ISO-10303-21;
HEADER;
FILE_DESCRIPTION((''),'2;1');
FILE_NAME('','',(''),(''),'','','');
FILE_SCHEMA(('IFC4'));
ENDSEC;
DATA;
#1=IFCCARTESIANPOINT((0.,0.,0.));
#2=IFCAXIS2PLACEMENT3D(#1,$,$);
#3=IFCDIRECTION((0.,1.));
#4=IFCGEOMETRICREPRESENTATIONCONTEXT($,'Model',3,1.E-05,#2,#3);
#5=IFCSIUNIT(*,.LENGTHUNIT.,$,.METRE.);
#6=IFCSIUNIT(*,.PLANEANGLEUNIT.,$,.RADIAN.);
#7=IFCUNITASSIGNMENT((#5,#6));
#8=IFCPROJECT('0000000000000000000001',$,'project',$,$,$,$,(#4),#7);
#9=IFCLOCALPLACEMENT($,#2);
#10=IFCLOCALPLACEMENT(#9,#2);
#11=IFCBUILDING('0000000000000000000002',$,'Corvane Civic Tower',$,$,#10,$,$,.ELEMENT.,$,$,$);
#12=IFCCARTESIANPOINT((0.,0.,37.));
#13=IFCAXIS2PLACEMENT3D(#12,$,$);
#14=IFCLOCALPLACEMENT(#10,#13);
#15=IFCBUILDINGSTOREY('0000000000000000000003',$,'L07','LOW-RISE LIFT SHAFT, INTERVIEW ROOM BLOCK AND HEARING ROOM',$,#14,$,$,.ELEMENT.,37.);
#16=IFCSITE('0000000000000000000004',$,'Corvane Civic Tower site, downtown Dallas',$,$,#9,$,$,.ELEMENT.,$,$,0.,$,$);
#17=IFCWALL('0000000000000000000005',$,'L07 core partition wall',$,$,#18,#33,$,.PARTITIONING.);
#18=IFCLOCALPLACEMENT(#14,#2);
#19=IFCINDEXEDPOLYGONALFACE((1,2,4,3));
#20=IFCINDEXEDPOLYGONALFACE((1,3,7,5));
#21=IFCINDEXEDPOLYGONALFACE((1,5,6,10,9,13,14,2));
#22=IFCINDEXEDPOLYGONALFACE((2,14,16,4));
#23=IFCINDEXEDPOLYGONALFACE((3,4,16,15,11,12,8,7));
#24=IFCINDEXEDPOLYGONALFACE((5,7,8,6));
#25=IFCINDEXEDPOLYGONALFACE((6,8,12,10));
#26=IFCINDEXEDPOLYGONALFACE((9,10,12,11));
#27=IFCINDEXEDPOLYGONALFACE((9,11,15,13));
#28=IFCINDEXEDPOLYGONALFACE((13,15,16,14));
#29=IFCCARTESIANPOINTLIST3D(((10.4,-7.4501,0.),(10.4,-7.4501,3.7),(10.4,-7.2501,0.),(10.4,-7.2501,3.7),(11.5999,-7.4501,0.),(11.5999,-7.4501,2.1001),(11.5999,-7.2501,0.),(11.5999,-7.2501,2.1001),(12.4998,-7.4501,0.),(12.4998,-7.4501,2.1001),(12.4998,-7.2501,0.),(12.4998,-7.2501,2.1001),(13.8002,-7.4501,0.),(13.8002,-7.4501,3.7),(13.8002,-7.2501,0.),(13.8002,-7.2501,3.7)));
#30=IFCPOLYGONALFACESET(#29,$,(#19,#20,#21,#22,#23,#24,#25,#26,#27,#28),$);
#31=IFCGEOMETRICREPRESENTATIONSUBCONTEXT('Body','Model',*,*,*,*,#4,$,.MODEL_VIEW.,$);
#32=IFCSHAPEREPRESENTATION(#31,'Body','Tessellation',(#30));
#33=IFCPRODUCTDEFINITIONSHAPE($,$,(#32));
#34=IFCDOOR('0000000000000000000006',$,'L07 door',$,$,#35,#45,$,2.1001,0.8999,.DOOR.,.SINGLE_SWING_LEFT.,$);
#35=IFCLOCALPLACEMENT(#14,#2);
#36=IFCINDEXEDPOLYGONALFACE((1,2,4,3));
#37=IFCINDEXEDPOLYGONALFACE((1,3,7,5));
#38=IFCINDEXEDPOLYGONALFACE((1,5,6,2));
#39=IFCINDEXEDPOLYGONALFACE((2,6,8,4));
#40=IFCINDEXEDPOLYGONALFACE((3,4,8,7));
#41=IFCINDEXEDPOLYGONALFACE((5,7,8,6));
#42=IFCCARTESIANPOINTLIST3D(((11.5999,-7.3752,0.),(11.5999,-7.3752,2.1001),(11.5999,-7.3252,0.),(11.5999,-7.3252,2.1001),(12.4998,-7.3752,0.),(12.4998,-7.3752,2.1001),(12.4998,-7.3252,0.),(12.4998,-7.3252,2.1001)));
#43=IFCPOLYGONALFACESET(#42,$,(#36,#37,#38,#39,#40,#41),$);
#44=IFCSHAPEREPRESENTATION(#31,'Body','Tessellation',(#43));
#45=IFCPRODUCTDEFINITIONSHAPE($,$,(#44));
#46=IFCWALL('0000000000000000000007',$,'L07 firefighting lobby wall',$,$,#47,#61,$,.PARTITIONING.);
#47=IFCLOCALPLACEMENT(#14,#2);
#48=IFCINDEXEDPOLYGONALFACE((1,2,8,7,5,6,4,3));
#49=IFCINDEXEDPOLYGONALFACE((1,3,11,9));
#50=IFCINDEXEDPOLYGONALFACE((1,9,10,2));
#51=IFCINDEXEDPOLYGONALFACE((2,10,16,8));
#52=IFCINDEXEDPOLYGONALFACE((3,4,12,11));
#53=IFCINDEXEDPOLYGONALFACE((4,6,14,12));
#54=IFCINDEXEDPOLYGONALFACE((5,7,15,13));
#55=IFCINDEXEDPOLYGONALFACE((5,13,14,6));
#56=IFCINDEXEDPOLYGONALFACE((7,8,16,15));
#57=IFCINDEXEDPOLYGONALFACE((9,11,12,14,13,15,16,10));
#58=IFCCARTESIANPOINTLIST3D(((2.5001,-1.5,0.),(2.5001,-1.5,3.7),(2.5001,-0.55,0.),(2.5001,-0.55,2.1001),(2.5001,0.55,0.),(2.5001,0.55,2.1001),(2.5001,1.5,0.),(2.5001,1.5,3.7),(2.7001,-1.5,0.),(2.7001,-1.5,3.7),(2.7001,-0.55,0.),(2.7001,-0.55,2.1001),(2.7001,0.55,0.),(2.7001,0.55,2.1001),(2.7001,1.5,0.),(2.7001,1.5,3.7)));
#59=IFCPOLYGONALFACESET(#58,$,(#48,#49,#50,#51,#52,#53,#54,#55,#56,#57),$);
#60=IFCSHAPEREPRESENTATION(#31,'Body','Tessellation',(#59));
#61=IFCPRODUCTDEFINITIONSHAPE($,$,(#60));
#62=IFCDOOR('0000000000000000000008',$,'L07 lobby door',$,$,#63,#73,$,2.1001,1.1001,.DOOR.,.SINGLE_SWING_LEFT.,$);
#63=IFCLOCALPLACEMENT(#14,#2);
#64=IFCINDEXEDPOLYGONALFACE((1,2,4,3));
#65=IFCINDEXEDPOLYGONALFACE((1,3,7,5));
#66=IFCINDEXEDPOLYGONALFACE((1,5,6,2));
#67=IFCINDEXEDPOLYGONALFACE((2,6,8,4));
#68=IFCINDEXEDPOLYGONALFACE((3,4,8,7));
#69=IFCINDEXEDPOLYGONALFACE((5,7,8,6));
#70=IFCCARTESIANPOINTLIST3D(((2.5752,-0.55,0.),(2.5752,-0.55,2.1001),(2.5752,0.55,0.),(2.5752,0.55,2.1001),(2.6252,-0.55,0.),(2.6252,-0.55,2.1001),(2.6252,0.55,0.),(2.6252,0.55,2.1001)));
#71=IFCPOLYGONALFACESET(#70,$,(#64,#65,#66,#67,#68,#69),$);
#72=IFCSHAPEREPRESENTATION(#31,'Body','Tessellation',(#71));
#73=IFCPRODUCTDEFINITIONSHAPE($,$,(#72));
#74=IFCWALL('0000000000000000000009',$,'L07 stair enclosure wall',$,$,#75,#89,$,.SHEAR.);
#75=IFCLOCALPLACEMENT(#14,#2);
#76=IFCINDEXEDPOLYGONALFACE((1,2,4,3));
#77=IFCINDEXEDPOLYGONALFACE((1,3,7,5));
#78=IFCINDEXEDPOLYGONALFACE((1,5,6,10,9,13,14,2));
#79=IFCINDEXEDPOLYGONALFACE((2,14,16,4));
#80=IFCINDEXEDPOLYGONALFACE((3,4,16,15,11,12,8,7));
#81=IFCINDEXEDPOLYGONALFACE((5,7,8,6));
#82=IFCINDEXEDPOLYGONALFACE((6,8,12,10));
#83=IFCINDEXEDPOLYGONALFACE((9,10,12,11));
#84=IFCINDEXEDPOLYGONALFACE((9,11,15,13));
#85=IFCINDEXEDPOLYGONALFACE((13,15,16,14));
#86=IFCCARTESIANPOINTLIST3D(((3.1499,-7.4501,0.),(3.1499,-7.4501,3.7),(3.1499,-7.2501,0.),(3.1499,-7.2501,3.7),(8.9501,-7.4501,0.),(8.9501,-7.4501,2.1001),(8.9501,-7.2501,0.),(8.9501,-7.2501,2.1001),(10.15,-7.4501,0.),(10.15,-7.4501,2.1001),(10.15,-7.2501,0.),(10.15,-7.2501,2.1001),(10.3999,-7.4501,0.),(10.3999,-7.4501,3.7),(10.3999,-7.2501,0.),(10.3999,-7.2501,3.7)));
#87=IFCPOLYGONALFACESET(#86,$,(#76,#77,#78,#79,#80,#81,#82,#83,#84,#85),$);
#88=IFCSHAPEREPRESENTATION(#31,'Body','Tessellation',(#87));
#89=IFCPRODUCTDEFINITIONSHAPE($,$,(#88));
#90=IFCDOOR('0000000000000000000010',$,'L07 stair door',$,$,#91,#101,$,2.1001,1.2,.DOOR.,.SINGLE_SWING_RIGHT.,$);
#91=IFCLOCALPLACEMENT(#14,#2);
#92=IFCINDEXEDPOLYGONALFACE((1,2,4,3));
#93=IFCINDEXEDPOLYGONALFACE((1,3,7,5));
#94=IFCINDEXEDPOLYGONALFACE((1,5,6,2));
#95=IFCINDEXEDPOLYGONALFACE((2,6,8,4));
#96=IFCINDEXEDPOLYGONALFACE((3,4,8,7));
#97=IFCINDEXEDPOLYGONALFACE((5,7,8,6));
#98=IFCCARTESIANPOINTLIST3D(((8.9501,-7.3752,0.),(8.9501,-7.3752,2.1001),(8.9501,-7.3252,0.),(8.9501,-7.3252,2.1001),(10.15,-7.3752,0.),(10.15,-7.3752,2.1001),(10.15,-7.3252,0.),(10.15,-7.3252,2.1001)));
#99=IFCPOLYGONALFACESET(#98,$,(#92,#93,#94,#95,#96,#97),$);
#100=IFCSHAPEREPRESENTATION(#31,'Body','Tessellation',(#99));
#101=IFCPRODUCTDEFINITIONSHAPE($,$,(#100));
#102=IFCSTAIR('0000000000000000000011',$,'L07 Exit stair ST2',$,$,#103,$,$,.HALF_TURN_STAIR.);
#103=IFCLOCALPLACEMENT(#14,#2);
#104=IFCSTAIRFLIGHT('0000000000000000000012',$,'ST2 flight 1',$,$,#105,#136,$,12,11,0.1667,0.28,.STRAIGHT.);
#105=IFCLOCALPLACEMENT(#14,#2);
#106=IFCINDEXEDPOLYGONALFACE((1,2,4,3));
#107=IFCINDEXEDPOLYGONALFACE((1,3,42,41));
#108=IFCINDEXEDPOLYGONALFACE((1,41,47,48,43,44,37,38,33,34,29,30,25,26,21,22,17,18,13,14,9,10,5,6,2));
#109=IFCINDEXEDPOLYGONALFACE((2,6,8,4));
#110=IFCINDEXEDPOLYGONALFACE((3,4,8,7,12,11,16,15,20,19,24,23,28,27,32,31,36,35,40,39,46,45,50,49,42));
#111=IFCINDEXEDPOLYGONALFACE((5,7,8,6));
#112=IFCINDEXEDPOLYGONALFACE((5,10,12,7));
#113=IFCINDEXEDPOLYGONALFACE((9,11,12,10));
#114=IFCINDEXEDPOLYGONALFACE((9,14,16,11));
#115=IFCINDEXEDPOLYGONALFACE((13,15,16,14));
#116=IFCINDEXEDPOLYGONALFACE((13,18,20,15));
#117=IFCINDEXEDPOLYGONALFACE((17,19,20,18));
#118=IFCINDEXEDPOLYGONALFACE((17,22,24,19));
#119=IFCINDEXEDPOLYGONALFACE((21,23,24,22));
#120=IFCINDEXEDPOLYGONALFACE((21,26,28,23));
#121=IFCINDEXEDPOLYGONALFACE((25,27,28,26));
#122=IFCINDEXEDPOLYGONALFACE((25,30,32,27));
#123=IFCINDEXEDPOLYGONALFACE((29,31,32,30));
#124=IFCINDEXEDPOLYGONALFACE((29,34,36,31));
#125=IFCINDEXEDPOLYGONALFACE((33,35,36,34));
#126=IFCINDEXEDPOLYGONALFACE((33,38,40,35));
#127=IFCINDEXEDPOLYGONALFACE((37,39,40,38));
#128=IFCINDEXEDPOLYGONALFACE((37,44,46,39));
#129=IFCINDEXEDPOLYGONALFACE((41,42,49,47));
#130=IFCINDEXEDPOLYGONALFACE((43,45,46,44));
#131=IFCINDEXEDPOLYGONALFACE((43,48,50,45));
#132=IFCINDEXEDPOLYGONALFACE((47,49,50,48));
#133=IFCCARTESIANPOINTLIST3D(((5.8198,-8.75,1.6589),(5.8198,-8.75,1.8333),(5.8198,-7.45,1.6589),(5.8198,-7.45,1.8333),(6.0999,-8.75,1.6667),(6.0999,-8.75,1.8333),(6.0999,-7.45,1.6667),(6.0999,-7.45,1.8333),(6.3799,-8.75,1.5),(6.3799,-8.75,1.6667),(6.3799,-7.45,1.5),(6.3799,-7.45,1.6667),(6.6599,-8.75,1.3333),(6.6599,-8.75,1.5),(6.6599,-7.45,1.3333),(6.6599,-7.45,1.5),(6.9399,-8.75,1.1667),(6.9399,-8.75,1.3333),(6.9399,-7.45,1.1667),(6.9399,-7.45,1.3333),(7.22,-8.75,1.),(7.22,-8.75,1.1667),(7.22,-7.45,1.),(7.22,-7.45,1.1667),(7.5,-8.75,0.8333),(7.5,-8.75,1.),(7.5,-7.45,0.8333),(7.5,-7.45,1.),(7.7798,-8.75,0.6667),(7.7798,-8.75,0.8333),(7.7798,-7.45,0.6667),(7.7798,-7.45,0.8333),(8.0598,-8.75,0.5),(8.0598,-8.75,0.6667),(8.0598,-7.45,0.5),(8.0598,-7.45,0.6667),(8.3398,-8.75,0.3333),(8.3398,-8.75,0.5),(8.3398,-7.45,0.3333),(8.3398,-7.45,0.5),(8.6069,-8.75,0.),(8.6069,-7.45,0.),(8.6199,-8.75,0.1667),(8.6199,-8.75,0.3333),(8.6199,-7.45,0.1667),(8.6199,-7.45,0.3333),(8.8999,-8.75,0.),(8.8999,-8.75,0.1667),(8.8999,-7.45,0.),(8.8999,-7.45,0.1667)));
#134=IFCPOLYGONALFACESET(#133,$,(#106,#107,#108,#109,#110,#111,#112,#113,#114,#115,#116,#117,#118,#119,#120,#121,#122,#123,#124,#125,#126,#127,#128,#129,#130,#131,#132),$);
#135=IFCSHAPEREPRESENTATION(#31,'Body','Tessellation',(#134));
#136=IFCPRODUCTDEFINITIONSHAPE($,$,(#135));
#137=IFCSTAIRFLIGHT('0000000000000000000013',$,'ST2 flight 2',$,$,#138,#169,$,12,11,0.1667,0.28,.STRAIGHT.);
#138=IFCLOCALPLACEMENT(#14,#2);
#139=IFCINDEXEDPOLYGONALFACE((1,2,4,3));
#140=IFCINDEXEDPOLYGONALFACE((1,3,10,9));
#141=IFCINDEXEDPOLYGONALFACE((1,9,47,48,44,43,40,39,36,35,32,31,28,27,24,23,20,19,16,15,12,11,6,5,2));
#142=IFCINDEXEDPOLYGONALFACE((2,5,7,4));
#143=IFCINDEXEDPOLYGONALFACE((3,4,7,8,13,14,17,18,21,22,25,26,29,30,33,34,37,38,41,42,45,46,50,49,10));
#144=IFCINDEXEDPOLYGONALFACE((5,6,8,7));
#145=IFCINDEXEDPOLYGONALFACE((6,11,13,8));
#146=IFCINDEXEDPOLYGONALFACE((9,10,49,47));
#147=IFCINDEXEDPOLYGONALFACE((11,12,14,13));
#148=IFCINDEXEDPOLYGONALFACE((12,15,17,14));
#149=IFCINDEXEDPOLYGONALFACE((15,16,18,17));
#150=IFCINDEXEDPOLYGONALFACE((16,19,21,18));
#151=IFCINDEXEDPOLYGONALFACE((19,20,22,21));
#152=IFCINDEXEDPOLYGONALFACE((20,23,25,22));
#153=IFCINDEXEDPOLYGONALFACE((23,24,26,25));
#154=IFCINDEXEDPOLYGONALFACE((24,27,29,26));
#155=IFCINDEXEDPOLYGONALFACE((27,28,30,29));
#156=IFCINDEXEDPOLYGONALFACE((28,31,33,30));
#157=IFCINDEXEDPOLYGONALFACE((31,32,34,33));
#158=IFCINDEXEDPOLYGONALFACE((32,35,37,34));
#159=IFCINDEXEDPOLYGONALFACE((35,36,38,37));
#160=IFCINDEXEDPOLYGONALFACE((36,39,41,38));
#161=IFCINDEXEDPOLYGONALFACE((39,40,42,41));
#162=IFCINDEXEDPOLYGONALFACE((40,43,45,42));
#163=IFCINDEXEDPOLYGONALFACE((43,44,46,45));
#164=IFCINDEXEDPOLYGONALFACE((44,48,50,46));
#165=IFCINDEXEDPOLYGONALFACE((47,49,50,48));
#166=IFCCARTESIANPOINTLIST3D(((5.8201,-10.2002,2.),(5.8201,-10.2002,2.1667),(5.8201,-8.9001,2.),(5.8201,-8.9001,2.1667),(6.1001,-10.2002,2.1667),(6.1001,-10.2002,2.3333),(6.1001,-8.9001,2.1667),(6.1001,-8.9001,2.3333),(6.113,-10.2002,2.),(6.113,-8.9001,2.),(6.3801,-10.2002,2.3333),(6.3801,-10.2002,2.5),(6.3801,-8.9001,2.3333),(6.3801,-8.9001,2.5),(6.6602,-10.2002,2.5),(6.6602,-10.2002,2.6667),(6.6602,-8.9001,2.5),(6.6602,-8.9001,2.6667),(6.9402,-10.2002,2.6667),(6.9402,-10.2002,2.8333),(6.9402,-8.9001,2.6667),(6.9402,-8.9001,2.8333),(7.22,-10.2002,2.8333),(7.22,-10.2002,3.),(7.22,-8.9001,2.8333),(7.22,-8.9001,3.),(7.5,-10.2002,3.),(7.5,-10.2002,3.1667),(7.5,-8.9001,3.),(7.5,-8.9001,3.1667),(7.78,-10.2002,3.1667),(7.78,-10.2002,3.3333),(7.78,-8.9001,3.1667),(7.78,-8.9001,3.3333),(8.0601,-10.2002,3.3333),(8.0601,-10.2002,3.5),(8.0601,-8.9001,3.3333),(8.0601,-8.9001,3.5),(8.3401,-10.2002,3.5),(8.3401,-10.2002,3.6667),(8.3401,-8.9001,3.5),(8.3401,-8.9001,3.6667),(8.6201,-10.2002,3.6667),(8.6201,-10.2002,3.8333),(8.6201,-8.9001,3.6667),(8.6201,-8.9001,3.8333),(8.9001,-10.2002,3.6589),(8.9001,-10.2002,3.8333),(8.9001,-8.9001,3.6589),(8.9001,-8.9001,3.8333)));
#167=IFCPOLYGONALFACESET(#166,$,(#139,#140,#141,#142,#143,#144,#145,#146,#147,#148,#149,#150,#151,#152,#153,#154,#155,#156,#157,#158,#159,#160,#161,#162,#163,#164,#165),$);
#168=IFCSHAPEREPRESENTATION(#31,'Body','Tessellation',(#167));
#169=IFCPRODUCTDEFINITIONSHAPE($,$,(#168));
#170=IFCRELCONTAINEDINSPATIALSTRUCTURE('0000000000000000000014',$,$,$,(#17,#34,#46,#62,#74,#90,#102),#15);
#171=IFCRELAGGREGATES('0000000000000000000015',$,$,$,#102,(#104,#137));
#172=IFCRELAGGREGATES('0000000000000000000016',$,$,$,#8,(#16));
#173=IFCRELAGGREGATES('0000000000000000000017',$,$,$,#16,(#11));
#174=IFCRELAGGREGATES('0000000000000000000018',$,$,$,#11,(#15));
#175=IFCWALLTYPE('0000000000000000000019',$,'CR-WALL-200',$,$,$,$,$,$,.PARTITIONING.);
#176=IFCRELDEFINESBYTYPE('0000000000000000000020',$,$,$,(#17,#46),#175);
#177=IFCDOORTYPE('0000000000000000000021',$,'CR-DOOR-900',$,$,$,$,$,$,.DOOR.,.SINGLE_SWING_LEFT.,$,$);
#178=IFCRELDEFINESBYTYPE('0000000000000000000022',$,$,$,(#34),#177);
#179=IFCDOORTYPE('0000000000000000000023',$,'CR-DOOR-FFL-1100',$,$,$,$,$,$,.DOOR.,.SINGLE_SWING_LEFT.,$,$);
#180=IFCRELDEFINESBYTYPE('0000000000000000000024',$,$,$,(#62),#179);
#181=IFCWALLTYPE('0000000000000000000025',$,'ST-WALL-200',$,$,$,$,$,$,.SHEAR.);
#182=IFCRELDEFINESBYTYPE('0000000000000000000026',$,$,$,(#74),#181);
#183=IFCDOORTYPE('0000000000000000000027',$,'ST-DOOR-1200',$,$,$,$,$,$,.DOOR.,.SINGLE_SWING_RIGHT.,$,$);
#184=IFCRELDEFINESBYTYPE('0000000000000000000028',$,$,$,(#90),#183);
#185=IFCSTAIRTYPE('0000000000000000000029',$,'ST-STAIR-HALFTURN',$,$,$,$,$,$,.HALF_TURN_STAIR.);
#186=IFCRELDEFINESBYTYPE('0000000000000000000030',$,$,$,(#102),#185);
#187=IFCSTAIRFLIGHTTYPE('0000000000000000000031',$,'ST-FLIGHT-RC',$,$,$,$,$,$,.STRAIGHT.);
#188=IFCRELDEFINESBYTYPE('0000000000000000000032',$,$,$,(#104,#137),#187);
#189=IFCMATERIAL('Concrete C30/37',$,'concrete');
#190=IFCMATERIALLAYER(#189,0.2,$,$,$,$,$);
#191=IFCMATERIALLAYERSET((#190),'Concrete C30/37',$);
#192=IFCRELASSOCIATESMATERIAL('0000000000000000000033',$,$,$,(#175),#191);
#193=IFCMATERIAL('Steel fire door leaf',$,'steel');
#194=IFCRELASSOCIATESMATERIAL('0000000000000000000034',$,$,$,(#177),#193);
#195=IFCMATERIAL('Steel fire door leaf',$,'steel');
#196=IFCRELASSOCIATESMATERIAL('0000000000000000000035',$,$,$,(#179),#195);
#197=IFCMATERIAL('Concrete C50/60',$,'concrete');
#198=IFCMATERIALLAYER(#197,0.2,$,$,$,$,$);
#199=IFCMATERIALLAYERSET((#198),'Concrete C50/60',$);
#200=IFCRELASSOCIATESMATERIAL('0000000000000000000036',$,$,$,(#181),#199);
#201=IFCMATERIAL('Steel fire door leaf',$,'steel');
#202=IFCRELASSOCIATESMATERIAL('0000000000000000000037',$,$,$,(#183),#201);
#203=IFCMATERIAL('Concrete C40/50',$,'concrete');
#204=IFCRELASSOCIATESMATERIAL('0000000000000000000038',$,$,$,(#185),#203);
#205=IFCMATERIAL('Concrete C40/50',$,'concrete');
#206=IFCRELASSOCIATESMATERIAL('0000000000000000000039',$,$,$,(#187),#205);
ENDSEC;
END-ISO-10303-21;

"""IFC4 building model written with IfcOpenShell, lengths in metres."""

from ifc_helpers import new_model, si_unit, direction, frame, frame_2d, origin, place, context, subcontext, project, spatial, polyline, rectangle, outline, extrude, material, layer, layer_set, type_object, element, fill, aggregate, save


model = new_model("IFC4")

# Units and contexts
model_context = context("Model", 3, precision=1e-05, world=origin(), true_north=direction((0.0, 1.0)))
body_context = subcontext(model_context, "Body", "Model", "MODEL_VIEW")
ifc_project = project(units=[si_unit("LENGTHUNIT", "METRE"), si_unit("PLANEANGLEUNIT", "RADIAN")], contexts=[model_context])

# Site, building, storey
site_placement = place(None, origin())
site = spatial("IfcSite", under=ifc_project, at=site_placement, Name="Corvane Civic Tower site, downtown Dallas", CompositionType="ELEMENT", RefElevation=0.0)
building_placement = place(site_placement, origin())
building = spatial("IfcBuilding", under=site, at=building_placement, Name="Corvane Civic Tower", CompositionType="ELEMENT")
storey_placement = place(building_placement, frame((0.0, 0.0, 37.0)))
storey = spatial("IfcBuildingStorey", under=building, at=storey_placement, Name="L07", Description="LOW-RISE LIFT SHAFT, INTERVIEW ROOM BLOCK AND HEARING ROOM", CompositionType="ELEMENT", Elevation=37.0)

# Walls, openings, doors
ifc_material_1 = material(Name="Concrete C30/37", Category="concrete")
ifc_layer_1 = layer(ifc_material_1, 0.2)
ifc_layer_set_1 = layer_set([ifc_layer_1], Name="Concrete C30/37")
wall_type_1 = type_object("IfcWallType", Name="CR-WALL-200", PredefinedType="PARTITIONING", material=ifc_layer_set_1)
ifc_material_2 = material(Name="Steel fire door leaf", Category="steel")
door_type_1 = type_object("IfcDoorType", Name="CR-DOOR-900", OperationType="SINGLE_SWING_LEFT", PredefinedType="DOOR", material=ifc_material_2)
wall_1_placement = place(storey_placement, frame((10.3999, -7.3501, 0.0), z_axis=(0.0, 0.0, 1.0), x_axis=(1.0, 0.0, 0.0)))
wall_1 = element("IfcWall", 1, at=wall_1_placement, inside=storey, type_object=wall_type_1, Name="L07 core partition wall", PredefinedType="PARTITIONING", context=body_context, shape_type="SweptSolid", body=[
    extrude(rectangle(XDim=3.4001, YDim=0.2, at=frame_2d((1.7002, 0.0))), origin(), (0.0, 0.0, 1.0), 3.7),
])
opening_1_placement = place(wall_1_placement, frame((1.2, 0.0, 0.0)))
opening_1 = element("IfcOpeningElement", 2, at=opening_1_placement, cuts=wall_1, PredefinedType="OPENING", context=body_context, shape_type="SweptSolid", body=[
    extrude(rectangle(XDim=0.8999, YDim=2.1001, at=frame_2d((0.45, 1.05))), frame((0.0, 0.1099, 0.0), z_axis=(0.0, -1.0, 0.0), x_axis=(1.0, 0.0, 0.0)), (0.0, 0.0, 1.0), 0.22),
])
door_1_placement = place(opening_1_placement, origin())
door_1 = element("IfcDoor", 3, at=door_1_placement, inside=storey, type_object=door_type_1, Name="L07 door", OperationType="SINGLE_SWING_LEFT", OverallHeight=2.1001, OverallWidth=0.8999, PredefinedType="DOOR", context=body_context, shape_type="SweptSolid", body=[
    extrude(rectangle(XDim=0.8999, YDim=2.1001, at=frame_2d((0.45, 1.05))), frame((0.0, 0.0249, 0.0), z_axis=(0.0, -1.0, 0.0), x_axis=(1.0, 0.0, 0.0)), (0.0, 0.0, 1.0), 0.05),
])
fill(opening_1, door_1)
wall_2_placement = place(storey_placement, frame((2.6001, -1.5, 0.0), z_axis=(0.0, 0.0, 1.0), x_axis=(0.0, 1.0, 0.0)))
wall_2 = element("IfcWall", 4, at=wall_2_placement, inside=storey, type_object=wall_type_1, Name="L07 firefighting lobby wall", PredefinedType="PARTITIONING", context=body_context, shape_type="SweptSolid", body=[
    extrude(rectangle(XDim=3.0, YDim=0.2, at=frame_2d((1.5, 0.0))), origin(), (0.0, 0.0, 1.0), 3.7),
])
opening_2_placement = place(wall_2_placement, frame((0.95, 0.0, 0.0)))
opening_2 = element("IfcOpeningElement", 5, at=opening_2_placement, cuts=wall_2, PredefinedType="OPENING", context=body_context, shape_type="SweptSolid", body=[
    extrude(rectangle(XDim=1.1001, YDim=2.1001, at=frame_2d((0.55, 1.05))), frame((0.0, 0.1099, 0.0), z_axis=(0.0, -1.0, 0.0), x_axis=(1.0, 0.0, 0.0)), (0.0, 0.0, 1.0), 0.22),
])
ifc_material_3 = material(Name="Steel fire door leaf", Category="steel")
door_type_2 = type_object("IfcDoorType", Name="CR-DOOR-FFL-1100", OperationType="SINGLE_SWING_LEFT", PredefinedType="DOOR", material=ifc_material_3)
door_2_placement = place(opening_2_placement, origin())
door_2 = element("IfcDoor", 6, at=door_2_placement, inside=storey, type_object=door_type_2, Name="L07 lobby door", OperationType="SINGLE_SWING_LEFT", OverallHeight=2.1001, OverallWidth=1.1001, PredefinedType="DOOR", context=body_context, shape_type="SweptSolid", body=[
    extrude(rectangle(XDim=1.1001, YDim=2.1001, at=frame_2d((0.55, 1.05))), frame((0.0, 0.0249, 0.0), z_axis=(0.0, -1.0, 0.0), x_axis=(1.0, 0.0, 0.0)), (0.0, 0.0, 1.0), 0.05),
])
fill(opening_2, door_2)
ifc_material_4 = material(Name="Concrete C50/60", Category="concrete")
ifc_layer_2 = layer(ifc_material_4, 0.2)
ifc_layer_set_2 = layer_set([ifc_layer_2], Name="Concrete C50/60")
wall_type_2 = type_object("IfcWallType", Name="ST-WALL-200", PredefinedType="SHEAR", material=ifc_layer_set_2)
wall_3_placement = place(storey_placement, frame((3.1499, -7.3501, 0.0), z_axis=(0.0, 0.0, 1.0), x_axis=(1.0, 0.0, 0.0)))
wall_3 = element("IfcWall", 7, at=wall_3_placement, inside=storey, type_object=wall_type_2, Name="L07 stair enclosure wall", PredefinedType="SHEAR", context=body_context, shape_type="SweptSolid", body=[
    extrude(rectangle(XDim=7.25, YDim=0.2, at=frame_2d((3.625, 0.0))), origin(), (0.0, 0.0, 1.0), 3.7),
])
opening_3_placement = place(wall_3_placement, frame((5.8, 0.0, 0.0)))
opening_3 = element("IfcOpeningElement", 8, at=opening_3_placement, cuts=wall_3, PredefinedType="OPENING", context=body_context, shape_type="SweptSolid", body=[
    extrude(rectangle(XDim=1.2, YDim=2.1001, at=frame_2d((0.6001, 1.05))), frame((0.0, 0.1099, 0.0), z_axis=(0.0, -1.0, 0.0), x_axis=(1.0, 0.0, 0.0)), (0.0, 0.0, 1.0), 0.22),
])
ifc_material_5 = material(Name="Steel fire door leaf", Category="steel")
door_type_3 = type_object("IfcDoorType", Name="ST-DOOR-1200", OperationType="SINGLE_SWING_RIGHT", PredefinedType="DOOR", material=ifc_material_5)
door_3_placement = place(opening_3_placement, origin())
door_3 = element("IfcDoor", 9, at=door_3_placement, inside=storey, type_object=door_type_3, Name="L07 stair door", OperationType="SINGLE_SWING_RIGHT", OverallHeight=2.1001, OverallWidth=1.2, PredefinedType="DOOR", context=body_context, shape_type="SweptSolid", body=[
    extrude(rectangle(XDim=1.2, YDim=2.1001, at=frame_2d((0.6001, 1.05))), frame((0.0, 0.0249, 0.0), z_axis=(0.0, -1.0, 0.0), x_axis=(1.0, 0.0, 0.0)), (0.0, 0.0, 1.0), 0.05),
])
fill(opening_3, door_3)

# Stair, stair flights
ifc_material_6 = material(Name="Concrete C40/50", Category="concrete")
stair_type = type_object("IfcStairType", Name="ST-STAIR-HALFTURN", PredefinedType="HALF_TURN_STAIR", material=ifc_material_6)
stair_placement = place(storey_placement, origin())
stair = element("IfcStair", 10, at=stair_placement, inside=storey, type_object=stair_type, Name="L07 Exit stair ST2", PredefinedType="HALF_TURN_STAIR")
ifc_material_7 = material(Name="Concrete C40/50", Category="concrete")
stair_flight_type = type_object("IfcStairFlightType", Name="ST-FLIGHT-RC", PredefinedType="STRAIGHT", material=ifc_material_7)
stair_flight_1_placement = place(storey_placement, frame((8.8999, -8.1001, 0.0), z_axis=(0.0, 0.0, 1.0), x_axis=(-1.0, 0.0, 0.0)))
stair_flight_1 = element("IfcStairFlight", 11, at=stair_flight_1_placement, type_object=stair_flight_type, Name="ST2 flight 1", NumberOfRisers=12, NumberOfTreads=11, PredefinedType="STRAIGHT", RiserHeight=0.1667, TreadLength=0.28, context=body_context, shape_type="SweptSolid", body=[
    extrude(outline(polyline([(0.0, 0.0), (0.0, 0.1667), (0.28, 0.1667), (0.28, 0.3333), (0.5601, 0.3333), (0.5601, 0.5), (0.8401, 0.5), (0.8401, 0.6667), (1.1201, 0.6667), (1.1201, 0.8333), (1.3999, 0.8333), (1.3999, 1.0), (1.6799, 1.0), (1.6799, 1.1667), (1.96, 1.1667), (1.96, 1.3333), (2.24, 1.3333), (2.24, 1.5), (2.52, 1.5), (2.52, 1.6667), (2.8, 1.6667), (2.8, 1.8333), (3.0801, 1.8333), (3.0801, 2.0), (3.0801, 1.6589), (0.293, 0.0), (0.0, 0.0)])), frame((0.0, 0.6499, 0.0), z_axis=(0.0, -1.0, 0.0), x_axis=(1.0, 0.0, 0.0)), (0.0, 0.0, 1.0), 1.3),
])
stair_flight_2_placement = place(storey_placement, frame((5.8201, -9.55, 2.0), z_axis=(0.0, 0.0, 1.0), x_axis=(1.0, 0.0, 0.0)))
stair_flight_2 = element("IfcStairFlight", 12, at=stair_flight_2_placement, type_object=stair_flight_type, Name="ST2 flight 2", NumberOfRisers=12, NumberOfTreads=11, PredefinedType="STRAIGHT", RiserHeight=0.1667, TreadLength=0.28, context=body_context, shape_type="SweptSolid", body=[
    extrude(outline(polyline([(0.0, 0.0), (0.0, 0.1667), (0.28, 0.1667), (0.28, 0.3333), (0.5601, 0.3333), (0.5601, 0.5), (0.8401, 0.5), (0.8401, 0.6667), (1.1201, 0.6667), (1.1201, 0.8333), (1.3999, 0.8333), (1.3999, 1.0), (1.6799, 1.0), (1.6799, 1.1667), (1.96, 1.1667), (1.96, 1.3333), (2.24, 1.3333), (2.24, 1.5), (2.52, 1.5), (2.52, 1.6667), (2.8, 1.6667), (2.8, 1.8333), (3.0801, 1.8333), (3.0801, 2.0), (3.0801, 1.6589), (0.293, 0.0), (0.0, 0.0)])), frame((0.0, 0.6499, 0.0), z_axis=(0.0, -1.0, 0.0), x_axis=(1.0, 0.0, 0.0)), (0.0, 0.0, 1.0), 1.3),
])
aggregate(stair, [stair_flight_1, stair_flight_2])

save(model, "model.ifc")
